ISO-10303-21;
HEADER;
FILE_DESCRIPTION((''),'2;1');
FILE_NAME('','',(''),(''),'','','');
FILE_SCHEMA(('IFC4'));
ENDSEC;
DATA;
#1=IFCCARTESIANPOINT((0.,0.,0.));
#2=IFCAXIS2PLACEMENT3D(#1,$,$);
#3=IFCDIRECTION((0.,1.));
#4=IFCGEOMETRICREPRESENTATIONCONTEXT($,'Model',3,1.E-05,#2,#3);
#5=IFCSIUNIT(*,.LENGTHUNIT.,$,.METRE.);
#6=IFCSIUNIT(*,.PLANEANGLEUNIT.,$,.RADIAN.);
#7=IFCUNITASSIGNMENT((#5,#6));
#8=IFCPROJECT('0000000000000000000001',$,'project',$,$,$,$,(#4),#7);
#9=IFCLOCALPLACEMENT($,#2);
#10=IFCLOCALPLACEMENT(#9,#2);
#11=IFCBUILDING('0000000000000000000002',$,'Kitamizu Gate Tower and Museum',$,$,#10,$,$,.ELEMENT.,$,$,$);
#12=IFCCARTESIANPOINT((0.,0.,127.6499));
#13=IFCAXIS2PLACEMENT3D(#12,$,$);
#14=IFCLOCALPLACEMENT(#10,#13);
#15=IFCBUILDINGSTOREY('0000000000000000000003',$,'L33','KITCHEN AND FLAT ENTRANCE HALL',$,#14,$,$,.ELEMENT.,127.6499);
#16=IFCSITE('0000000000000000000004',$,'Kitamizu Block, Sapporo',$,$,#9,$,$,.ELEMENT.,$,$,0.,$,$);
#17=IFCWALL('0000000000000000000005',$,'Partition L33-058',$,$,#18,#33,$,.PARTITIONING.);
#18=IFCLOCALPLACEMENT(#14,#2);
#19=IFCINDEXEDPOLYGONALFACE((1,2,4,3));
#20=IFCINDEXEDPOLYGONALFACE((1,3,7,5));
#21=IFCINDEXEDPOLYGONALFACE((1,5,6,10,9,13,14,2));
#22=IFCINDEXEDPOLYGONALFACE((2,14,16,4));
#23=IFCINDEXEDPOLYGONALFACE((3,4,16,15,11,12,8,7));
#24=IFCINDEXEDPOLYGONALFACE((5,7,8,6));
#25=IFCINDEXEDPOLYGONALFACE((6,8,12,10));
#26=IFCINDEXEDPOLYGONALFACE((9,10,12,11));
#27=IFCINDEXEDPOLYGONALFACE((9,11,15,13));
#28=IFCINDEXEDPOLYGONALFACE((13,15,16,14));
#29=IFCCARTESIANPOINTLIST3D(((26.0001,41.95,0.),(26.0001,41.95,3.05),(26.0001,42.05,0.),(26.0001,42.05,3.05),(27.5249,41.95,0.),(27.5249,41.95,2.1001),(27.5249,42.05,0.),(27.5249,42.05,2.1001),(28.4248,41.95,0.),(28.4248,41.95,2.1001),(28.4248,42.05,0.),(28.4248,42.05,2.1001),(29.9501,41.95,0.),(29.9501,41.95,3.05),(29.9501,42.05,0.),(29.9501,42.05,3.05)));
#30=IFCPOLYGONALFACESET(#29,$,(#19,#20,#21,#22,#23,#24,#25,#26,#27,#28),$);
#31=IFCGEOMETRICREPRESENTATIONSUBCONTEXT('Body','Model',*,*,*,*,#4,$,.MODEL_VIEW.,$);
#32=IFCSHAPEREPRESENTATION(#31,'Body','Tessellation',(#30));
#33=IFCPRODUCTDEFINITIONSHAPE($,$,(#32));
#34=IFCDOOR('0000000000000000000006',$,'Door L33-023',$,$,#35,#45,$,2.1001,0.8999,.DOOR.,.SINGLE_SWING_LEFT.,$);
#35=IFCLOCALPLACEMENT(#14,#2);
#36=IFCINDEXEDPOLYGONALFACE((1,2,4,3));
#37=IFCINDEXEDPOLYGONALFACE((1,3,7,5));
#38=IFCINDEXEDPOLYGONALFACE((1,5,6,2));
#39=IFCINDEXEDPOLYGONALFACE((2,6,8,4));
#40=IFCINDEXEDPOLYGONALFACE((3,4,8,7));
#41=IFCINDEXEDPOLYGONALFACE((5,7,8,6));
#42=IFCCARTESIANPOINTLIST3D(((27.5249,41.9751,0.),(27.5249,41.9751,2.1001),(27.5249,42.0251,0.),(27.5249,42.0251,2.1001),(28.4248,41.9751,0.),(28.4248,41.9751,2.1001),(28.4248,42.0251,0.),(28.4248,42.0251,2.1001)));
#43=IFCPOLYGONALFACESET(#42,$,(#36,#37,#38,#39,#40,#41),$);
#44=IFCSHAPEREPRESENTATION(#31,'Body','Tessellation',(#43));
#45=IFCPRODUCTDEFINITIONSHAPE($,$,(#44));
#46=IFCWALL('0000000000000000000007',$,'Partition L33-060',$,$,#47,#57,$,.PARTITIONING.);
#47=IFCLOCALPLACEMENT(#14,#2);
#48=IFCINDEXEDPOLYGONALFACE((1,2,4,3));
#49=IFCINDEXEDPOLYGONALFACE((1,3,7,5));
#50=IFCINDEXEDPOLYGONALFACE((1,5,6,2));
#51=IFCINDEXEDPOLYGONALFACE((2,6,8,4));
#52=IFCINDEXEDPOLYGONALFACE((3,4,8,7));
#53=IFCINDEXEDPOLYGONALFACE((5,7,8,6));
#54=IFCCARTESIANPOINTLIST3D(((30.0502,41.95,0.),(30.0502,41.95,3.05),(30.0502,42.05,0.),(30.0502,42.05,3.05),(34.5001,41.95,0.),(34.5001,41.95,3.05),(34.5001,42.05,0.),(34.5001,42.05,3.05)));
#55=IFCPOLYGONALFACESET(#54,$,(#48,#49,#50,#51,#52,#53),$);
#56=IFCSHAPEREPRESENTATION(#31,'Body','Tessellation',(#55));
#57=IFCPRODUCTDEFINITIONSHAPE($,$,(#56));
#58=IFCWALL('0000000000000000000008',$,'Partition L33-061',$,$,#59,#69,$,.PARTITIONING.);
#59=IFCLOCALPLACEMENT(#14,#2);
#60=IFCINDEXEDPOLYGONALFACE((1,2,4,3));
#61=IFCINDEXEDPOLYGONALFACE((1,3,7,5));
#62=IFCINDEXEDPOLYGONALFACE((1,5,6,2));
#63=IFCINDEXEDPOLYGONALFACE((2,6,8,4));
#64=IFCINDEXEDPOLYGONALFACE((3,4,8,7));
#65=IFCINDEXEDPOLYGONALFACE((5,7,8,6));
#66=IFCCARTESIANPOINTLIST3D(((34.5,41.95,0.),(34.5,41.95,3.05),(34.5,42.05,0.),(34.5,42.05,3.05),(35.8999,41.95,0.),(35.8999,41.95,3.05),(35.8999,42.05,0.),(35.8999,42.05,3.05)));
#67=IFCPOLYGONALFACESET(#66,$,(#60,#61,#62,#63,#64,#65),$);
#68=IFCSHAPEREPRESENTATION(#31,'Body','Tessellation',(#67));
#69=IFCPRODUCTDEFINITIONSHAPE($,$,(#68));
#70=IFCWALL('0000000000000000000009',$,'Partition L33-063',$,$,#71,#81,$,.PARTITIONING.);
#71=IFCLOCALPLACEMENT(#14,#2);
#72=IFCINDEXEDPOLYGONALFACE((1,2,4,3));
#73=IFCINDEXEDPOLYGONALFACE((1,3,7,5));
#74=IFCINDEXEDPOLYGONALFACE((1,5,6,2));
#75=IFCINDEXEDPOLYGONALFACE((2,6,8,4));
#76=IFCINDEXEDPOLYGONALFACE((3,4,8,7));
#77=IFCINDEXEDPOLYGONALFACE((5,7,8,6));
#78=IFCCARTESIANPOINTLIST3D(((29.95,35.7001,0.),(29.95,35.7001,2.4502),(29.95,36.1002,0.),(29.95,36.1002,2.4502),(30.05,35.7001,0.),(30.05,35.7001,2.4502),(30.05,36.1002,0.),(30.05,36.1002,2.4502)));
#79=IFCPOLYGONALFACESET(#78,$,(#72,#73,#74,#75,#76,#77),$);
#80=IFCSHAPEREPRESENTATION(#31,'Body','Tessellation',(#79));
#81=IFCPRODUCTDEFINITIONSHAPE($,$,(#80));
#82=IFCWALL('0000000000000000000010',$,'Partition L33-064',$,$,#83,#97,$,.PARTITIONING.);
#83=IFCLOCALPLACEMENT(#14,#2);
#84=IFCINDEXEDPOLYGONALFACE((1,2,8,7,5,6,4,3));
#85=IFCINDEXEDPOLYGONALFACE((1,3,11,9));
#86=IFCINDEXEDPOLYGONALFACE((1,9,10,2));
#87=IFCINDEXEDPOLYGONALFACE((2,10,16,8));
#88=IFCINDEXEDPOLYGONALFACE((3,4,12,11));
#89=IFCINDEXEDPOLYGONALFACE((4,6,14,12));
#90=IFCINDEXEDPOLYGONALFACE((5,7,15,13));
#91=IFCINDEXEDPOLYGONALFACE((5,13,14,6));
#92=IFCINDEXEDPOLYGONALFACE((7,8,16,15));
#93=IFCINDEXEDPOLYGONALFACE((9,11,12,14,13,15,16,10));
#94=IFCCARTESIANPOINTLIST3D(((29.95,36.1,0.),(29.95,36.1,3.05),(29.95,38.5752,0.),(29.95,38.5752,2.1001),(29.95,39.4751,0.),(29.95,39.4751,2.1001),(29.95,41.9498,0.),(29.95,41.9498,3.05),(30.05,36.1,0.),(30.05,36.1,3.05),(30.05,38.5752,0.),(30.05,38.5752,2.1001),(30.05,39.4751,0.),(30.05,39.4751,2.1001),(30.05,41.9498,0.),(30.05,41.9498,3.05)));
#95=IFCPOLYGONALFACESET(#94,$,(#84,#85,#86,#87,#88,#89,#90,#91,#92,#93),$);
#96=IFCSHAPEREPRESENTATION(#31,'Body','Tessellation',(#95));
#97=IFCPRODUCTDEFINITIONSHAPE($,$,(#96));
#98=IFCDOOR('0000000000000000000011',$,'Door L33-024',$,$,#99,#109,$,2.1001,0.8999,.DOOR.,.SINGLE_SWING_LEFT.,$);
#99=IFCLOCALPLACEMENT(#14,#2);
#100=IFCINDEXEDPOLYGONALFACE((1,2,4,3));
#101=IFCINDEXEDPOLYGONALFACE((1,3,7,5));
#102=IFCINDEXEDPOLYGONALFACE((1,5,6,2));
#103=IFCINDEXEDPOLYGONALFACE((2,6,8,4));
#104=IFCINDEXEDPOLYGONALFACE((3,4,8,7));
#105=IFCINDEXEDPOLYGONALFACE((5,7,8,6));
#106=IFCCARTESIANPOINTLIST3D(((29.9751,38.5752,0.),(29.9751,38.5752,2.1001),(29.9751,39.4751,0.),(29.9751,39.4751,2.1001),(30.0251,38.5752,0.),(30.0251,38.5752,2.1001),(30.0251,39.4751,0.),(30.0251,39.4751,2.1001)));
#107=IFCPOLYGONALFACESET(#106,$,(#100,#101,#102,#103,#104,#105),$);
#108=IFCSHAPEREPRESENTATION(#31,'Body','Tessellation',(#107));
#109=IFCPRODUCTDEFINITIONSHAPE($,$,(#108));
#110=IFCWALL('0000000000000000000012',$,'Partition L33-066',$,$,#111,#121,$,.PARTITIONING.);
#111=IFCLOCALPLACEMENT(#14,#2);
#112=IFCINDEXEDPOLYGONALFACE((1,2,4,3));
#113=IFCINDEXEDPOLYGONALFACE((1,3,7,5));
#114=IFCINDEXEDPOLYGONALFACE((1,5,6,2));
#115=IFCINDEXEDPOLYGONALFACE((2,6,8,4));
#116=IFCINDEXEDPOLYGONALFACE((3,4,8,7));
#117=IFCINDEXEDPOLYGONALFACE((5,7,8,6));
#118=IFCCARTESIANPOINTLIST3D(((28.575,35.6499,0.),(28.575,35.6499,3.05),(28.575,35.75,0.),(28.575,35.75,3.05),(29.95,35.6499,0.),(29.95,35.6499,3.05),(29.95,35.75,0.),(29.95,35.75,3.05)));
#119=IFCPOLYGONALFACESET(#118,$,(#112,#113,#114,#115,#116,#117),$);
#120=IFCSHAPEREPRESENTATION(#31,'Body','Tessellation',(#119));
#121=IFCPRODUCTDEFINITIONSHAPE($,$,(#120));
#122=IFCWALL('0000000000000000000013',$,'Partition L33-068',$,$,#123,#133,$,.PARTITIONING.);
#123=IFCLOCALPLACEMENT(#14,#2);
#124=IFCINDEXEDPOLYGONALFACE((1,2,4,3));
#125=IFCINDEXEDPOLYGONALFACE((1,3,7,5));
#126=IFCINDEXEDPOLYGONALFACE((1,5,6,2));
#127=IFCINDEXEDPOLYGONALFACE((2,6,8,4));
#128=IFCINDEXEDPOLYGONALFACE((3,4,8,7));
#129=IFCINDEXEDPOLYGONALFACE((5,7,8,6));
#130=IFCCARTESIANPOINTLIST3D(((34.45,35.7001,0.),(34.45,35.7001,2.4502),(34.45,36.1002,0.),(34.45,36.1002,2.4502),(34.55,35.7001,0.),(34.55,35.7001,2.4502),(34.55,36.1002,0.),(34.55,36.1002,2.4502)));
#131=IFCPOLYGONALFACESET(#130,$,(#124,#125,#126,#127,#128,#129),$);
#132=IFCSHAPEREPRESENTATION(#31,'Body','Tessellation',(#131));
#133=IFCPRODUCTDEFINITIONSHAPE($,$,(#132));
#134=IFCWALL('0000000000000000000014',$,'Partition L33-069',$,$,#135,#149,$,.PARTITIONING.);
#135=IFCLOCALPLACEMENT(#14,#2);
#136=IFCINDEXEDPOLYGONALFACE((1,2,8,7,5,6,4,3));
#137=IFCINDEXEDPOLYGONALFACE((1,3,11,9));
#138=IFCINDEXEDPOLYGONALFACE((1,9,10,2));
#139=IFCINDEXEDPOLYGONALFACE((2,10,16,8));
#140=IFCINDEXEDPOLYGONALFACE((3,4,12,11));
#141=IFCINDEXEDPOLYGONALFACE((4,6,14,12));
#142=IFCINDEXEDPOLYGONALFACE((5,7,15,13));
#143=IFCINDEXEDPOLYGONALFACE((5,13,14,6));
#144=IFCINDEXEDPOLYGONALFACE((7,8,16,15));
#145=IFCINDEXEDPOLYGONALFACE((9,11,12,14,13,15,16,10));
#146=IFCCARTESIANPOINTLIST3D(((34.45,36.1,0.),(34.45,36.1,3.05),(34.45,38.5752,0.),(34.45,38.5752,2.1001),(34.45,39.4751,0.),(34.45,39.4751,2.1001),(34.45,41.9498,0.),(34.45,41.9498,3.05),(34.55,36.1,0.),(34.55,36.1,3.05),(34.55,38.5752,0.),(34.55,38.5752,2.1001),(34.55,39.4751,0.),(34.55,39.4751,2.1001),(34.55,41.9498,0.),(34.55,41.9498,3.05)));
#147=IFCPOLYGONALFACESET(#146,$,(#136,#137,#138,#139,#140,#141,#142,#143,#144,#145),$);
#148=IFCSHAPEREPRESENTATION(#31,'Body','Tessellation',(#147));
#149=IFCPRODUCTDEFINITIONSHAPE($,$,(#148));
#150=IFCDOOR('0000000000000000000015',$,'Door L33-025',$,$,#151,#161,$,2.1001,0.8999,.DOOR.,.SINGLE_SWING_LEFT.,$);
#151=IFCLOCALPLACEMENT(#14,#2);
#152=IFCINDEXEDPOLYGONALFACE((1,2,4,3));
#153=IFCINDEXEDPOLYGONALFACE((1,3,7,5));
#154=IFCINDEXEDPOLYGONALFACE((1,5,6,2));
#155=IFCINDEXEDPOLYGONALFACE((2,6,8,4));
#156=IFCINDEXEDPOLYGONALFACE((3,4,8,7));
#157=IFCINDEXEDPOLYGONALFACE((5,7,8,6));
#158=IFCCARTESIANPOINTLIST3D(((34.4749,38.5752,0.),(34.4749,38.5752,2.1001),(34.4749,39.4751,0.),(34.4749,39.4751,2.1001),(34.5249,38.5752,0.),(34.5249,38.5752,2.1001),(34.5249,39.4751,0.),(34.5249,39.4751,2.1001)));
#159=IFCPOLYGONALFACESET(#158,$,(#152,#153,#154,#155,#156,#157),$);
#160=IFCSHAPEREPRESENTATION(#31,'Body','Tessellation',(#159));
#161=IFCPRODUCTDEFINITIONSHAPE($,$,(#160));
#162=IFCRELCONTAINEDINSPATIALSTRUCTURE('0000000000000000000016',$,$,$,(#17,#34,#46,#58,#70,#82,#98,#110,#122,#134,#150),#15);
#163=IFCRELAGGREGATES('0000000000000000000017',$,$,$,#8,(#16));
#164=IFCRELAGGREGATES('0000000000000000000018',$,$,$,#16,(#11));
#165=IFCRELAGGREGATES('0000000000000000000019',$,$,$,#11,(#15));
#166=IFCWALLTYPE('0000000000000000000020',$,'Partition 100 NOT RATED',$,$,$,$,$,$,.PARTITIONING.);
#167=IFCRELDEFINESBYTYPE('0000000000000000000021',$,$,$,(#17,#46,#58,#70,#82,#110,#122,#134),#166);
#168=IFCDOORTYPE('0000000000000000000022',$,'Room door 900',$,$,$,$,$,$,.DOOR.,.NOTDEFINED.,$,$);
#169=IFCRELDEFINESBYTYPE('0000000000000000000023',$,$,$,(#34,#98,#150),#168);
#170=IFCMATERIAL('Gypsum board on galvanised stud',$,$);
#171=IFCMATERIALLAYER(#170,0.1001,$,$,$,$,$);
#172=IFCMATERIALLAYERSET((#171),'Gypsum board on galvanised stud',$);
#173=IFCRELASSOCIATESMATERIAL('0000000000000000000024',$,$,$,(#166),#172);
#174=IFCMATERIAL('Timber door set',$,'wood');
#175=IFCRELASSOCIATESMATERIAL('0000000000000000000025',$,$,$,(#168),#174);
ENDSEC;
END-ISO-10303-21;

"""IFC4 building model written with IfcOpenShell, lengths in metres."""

from ifc_helpers import new_model, si_unit, direction, frame, frame_2d, origin, place, context, subcontext, project, spatial, rectangle, extrude, material, layer, layer_set, type_object, element, fill, save


model = new_model("IFC4")

# Units and contexts
model_context = context("Model", 3, precision=1e-05, world=origin(), true_north=direction((0.0, 1.0)))
body_context = subcontext(model_context, "Body", "Model", "MODEL_VIEW")
ifc_project = project(units=[si_unit("LENGTHUNIT", "METRE"), si_unit("PLANEANGLEUNIT", "RADIAN")], contexts=[model_context])

# Site, building, storey
site_placement = place(None, origin())
site = spatial("IfcSite", under=ifc_project, at=site_placement, Name="Kitamizu Block, Sapporo", CompositionType="ELEMENT", RefElevation=0.0)
building_placement = place(site_placement, origin())
building = spatial("IfcBuilding", under=site, at=building_placement, Name="Kitamizu Gate Tower and Museum", CompositionType="ELEMENT")
storey_placement = place(building_placement, frame((0.0, 0.0, 127.6499)))
storey = spatial("IfcBuildingStorey", under=building, at=storey_placement, Name="L33", Description="KITCHEN AND FLAT ENTRANCE HALL", CompositionType="ELEMENT", Elevation=127.6499)

# Wall, opening, door
ifc_material_1 = material(Name="Gypsum board on galvanised stud")
ifc_layer_1 = layer(ifc_material_1, 0.1001)
ifc_layer_set_1 = layer_set([ifc_layer_1], Name="Gypsum board on galvanised stud")
wall_type_1 = type_object("IfcWallType", Name="Partition 100 NOT RATED", PredefinedType="PARTITIONING", material=ifc_layer_set_1)
ifc_material_2 = material(Name="Timber door set", Category="wood")
door_type_1 = type_object("IfcDoorType", Name="Room door 900", OperationType="NOTDEFINED", PredefinedType="DOOR", material=ifc_material_2)
wall_1_placement = place(storey_placement, frame((26.0, 42.0, 0.0), z_axis=(0.0, 0.0, 1.0), x_axis=(1.0, 0.0, 0.0)))
wall_1 = element("IfcWall", 1, at=wall_1_placement, inside=storey, type_object=wall_type_1, Name="Partition L33-058", PredefinedType="PARTITIONING", context=body_context, shape_type="SweptSolid", body=[
    extrude(rectangle(XDim=3.95, YDim=0.1001, at=frame_2d((1.9751, 0.0))), origin(), (0.0, 0.0, 1.0), 3.05),
])
opening_1_placement = place(wall_1_placement, frame((1.5249, 0.0, 0.0)))
opening_1 = element("IfcOpeningElement", 2, at=opening_1_placement, cuts=wall_1, PredefinedType="OPENING", context=body_context, shape_type="SweptSolid", body=[
    extrude(rectangle(XDim=0.8999, YDim=2.1001, at=frame_2d((0.45, 1.05))), frame((0.0, 0.0601, 0.0), z_axis=(0.0, -1.0, 0.0), x_axis=(1.0, 0.0, 0.0)), (0.0, 0.0, 1.0), 0.1201),
])
door_1_placement = place(opening_1_placement, frame((0.8999, 0.0, 0.0), x_axis=(-1.0, 0.0, 0.0)))
door_1 = element("IfcDoor", 3, at=door_1_placement, inside=storey, type_object=door_type_1, Name="Door L33-023", OperationType="SINGLE_SWING_LEFT", OverallHeight=2.1001, OverallWidth=0.8999, PredefinedType="DOOR", context=body_context, shape_type="SweptSolid", body=[
    extrude(rectangle(XDim=0.8999, YDim=2.1001, at=frame_2d((0.45, 1.05))), frame((0.0, 0.0249, 0.0), z_axis=(0.0, -1.0, 0.0), x_axis=(1.0, 0.0, 0.0)), (0.0, 0.0, 1.0), 0.05),
])
fill(opening_1, door_1)

# Walls
wall_2_placement = place(storey_placement, frame((30.05, 42.0, 0.0), z_axis=(0.0, 0.0, 1.0), x_axis=(1.0, 0.0, 0.0)))
element("IfcWall", 4, at=wall_2_placement, inside=storey, type_object=wall_type_1, Name="Partition L33-060", PredefinedType="PARTITIONING", context=body_context, shape_type="SweptSolid", body=[
    extrude(rectangle(XDim=4.45, YDim=0.1001, at=frame_2d((2.2251, 0.0))), origin(), (0.0, 0.0, 1.0), 3.05),
])
wall_3_placement = place(storey_placement, frame((34.5, 42.0, 0.0), z_axis=(0.0, 0.0, 1.0), x_axis=(1.0, 0.0, 0.0)))
element("IfcWall", 5, at=wall_3_placement, inside=storey, type_object=wall_type_1, Name="Partition L33-061", PredefinedType="PARTITIONING", context=body_context, shape_type="SweptSolid", body=[
    extrude(rectangle(XDim=1.3999, YDim=0.1001, at=frame_2d((0.7, 0.0))), origin(), (0.0, 0.0, 1.0), 3.05),
])
wall_4_placement = place(storey_placement, frame((30.0, 35.7, 0.0), z_axis=(0.0, 0.0, 1.0), x_axis=(0.0, 1.0, 0.0)))
element("IfcWall", 6, at=wall_4_placement, inside=storey, type_object=wall_type_1, Name="Partition L33-063", PredefinedType="PARTITIONING", context=body_context, shape_type="SweptSolid", body=[
    extrude(rectangle(XDim=0.4001, YDim=0.1001, at=frame_2d((0.2002, 0.0))), origin(), (0.0, 0.0, 1.0), 2.4502),
])

# Wall, opening, door
wall_5_placement = place(storey_placement, frame((30.0, 36.1001, 0.0), z_axis=(0.0, 0.0, 1.0), x_axis=(0.0, 1.0, 0.0)))
wall_5 = element("IfcWall", 7, at=wall_5_placement, inside=storey, type_object=wall_type_1, Name="Partition L33-064", PredefinedType="PARTITIONING", context=body_context, shape_type="SweptSolid", body=[
    extrude(rectangle(XDim=5.8499, YDim=0.1001, at=frame_2d((2.9248, 0.0))), origin(), (0.0, 0.0, 1.0), 3.05),
])
opening_2_placement = place(wall_5_placement, frame((2.4751, 0.0, 0.0)))
opening_2 = element("IfcOpeningElement", 8, at=opening_2_placement, cuts=wall_5, PredefinedType="OPENING", context=body_context, shape_type="SweptSolid", body=[
    extrude(rectangle(XDim=0.8999, YDim=2.1001, at=frame_2d((0.45, 1.05))), frame((0.0, 0.0601, 0.0), z_axis=(0.0, -1.0, 0.0), x_axis=(1.0, 0.0, 0.0)), (0.0, 0.0, 1.0), 0.1201),
])
door_2_placement = place(opening_2_placement, origin())
door_2 = element("IfcDoor", 9, at=door_2_placement, inside=storey, type_object=door_type_1, Name="Door L33-024", OperationType="SINGLE_SWING_LEFT", OverallHeight=2.1001, OverallWidth=0.8999, PredefinedType="DOOR", context=body_context, shape_type="SweptSolid", body=[
    extrude(rectangle(XDim=0.8999, YDim=2.1001, at=frame_2d((0.45, 1.05))), frame((0.0, 0.0249, 0.0), z_axis=(0.0, -1.0, 0.0), x_axis=(1.0, 0.0, 0.0)), (0.0, 0.0, 1.0), 0.05),
])
fill(opening_2, door_2)

# Walls
wall_6_placement = place(storey_placement, frame((28.575, 35.7, 0.0), z_axis=(0.0, 0.0, 1.0), x_axis=(1.0, 0.0, 0.0)))
element("IfcWall", 10, at=wall_6_placement, inside=storey, type_object=wall_type_1, Name="Partition L33-066", PredefinedType="PARTITIONING", context=body_context, shape_type="SweptSolid", body=[
    extrude(rectangle(XDim=1.375, YDim=0.1001, at=frame_2d((0.6875, 0.0))), origin(), (0.0, 0.0, 1.0), 3.05),
])
wall_7_placement = place(storey_placement, frame((34.5, 35.7, 0.0), z_axis=(0.0, 0.0, 1.0), x_axis=(0.0, 1.0, 0.0)))
element("IfcWall", 11, at=wall_7_placement, inside=storey, type_object=wall_type_1, Name="Partition L33-068", PredefinedType="PARTITIONING", context=body_context, shape_type="SweptSolid", body=[
    extrude(rectangle(XDim=0.4001, YDim=0.1001, at=frame_2d((0.2002, 0.0))), origin(), (0.0, 0.0, 1.0), 2.4502),
])

# Wall, opening, door
wall_8_placement = place(storey_placement, frame((34.5, 36.1001, 0.0), z_axis=(0.0, 0.0, 1.0), x_axis=(0.0, 1.0, 0.0)))
wall_8 = element("IfcWall", 12, at=wall_8_placement, inside=storey, type_object=wall_type_1, Name="Partition L33-069", PredefinedType="PARTITIONING", context=body_context, shape_type="SweptSolid", body=[
    extrude(rectangle(XDim=5.8499, YDim=0.1001, at=frame_2d((2.9248, 0.0))), origin(), (0.0, 0.0, 1.0), 3.05),
])
opening_3_placement = place(wall_8_placement, frame((2.4751, 0.0, 0.0)))
opening_3 = element("IfcOpeningElement", 13, at=opening_3_placement, cuts=wall_8, PredefinedType="OPENING", context=body_context, shape_type="SweptSolid", body=[
    extrude(rectangle(XDim=0.8999, YDim=2.1001, at=frame_2d((0.45, 1.05))), frame((0.0, 0.0601, 0.0), z_axis=(0.0, -1.0, 0.0), x_axis=(1.0, 0.0, 0.0)), (0.0, 0.0, 1.0), 0.1201),
])
door_3_placement = place(opening_3_placement, frame((0.8999, 0.0, 0.0), x_axis=(-1.0, 0.0, 0.0)))
door_3 = element("IfcDoor", 14, at=door_3_placement, inside=storey, type_object=door_type_1, Name="Door L33-025", OperationType="SINGLE_SWING_LEFT", OverallHeight=2.1001, OverallWidth=0.8999, PredefinedType="DOOR", context=body_context, shape_type="SweptSolid", body=[
    extrude(rectangle(XDim=0.8999, YDim=2.1001, at=frame_2d((0.45, 1.05))), frame((0.0, 0.0249, 0.0), z_axis=(0.0, -1.0, 0.0), x_axis=(1.0, 0.0, 0.0)), (0.0, 0.0, 1.0), 0.05),
])
fill(opening_3, door_3)

save(model, "model.ifc")
